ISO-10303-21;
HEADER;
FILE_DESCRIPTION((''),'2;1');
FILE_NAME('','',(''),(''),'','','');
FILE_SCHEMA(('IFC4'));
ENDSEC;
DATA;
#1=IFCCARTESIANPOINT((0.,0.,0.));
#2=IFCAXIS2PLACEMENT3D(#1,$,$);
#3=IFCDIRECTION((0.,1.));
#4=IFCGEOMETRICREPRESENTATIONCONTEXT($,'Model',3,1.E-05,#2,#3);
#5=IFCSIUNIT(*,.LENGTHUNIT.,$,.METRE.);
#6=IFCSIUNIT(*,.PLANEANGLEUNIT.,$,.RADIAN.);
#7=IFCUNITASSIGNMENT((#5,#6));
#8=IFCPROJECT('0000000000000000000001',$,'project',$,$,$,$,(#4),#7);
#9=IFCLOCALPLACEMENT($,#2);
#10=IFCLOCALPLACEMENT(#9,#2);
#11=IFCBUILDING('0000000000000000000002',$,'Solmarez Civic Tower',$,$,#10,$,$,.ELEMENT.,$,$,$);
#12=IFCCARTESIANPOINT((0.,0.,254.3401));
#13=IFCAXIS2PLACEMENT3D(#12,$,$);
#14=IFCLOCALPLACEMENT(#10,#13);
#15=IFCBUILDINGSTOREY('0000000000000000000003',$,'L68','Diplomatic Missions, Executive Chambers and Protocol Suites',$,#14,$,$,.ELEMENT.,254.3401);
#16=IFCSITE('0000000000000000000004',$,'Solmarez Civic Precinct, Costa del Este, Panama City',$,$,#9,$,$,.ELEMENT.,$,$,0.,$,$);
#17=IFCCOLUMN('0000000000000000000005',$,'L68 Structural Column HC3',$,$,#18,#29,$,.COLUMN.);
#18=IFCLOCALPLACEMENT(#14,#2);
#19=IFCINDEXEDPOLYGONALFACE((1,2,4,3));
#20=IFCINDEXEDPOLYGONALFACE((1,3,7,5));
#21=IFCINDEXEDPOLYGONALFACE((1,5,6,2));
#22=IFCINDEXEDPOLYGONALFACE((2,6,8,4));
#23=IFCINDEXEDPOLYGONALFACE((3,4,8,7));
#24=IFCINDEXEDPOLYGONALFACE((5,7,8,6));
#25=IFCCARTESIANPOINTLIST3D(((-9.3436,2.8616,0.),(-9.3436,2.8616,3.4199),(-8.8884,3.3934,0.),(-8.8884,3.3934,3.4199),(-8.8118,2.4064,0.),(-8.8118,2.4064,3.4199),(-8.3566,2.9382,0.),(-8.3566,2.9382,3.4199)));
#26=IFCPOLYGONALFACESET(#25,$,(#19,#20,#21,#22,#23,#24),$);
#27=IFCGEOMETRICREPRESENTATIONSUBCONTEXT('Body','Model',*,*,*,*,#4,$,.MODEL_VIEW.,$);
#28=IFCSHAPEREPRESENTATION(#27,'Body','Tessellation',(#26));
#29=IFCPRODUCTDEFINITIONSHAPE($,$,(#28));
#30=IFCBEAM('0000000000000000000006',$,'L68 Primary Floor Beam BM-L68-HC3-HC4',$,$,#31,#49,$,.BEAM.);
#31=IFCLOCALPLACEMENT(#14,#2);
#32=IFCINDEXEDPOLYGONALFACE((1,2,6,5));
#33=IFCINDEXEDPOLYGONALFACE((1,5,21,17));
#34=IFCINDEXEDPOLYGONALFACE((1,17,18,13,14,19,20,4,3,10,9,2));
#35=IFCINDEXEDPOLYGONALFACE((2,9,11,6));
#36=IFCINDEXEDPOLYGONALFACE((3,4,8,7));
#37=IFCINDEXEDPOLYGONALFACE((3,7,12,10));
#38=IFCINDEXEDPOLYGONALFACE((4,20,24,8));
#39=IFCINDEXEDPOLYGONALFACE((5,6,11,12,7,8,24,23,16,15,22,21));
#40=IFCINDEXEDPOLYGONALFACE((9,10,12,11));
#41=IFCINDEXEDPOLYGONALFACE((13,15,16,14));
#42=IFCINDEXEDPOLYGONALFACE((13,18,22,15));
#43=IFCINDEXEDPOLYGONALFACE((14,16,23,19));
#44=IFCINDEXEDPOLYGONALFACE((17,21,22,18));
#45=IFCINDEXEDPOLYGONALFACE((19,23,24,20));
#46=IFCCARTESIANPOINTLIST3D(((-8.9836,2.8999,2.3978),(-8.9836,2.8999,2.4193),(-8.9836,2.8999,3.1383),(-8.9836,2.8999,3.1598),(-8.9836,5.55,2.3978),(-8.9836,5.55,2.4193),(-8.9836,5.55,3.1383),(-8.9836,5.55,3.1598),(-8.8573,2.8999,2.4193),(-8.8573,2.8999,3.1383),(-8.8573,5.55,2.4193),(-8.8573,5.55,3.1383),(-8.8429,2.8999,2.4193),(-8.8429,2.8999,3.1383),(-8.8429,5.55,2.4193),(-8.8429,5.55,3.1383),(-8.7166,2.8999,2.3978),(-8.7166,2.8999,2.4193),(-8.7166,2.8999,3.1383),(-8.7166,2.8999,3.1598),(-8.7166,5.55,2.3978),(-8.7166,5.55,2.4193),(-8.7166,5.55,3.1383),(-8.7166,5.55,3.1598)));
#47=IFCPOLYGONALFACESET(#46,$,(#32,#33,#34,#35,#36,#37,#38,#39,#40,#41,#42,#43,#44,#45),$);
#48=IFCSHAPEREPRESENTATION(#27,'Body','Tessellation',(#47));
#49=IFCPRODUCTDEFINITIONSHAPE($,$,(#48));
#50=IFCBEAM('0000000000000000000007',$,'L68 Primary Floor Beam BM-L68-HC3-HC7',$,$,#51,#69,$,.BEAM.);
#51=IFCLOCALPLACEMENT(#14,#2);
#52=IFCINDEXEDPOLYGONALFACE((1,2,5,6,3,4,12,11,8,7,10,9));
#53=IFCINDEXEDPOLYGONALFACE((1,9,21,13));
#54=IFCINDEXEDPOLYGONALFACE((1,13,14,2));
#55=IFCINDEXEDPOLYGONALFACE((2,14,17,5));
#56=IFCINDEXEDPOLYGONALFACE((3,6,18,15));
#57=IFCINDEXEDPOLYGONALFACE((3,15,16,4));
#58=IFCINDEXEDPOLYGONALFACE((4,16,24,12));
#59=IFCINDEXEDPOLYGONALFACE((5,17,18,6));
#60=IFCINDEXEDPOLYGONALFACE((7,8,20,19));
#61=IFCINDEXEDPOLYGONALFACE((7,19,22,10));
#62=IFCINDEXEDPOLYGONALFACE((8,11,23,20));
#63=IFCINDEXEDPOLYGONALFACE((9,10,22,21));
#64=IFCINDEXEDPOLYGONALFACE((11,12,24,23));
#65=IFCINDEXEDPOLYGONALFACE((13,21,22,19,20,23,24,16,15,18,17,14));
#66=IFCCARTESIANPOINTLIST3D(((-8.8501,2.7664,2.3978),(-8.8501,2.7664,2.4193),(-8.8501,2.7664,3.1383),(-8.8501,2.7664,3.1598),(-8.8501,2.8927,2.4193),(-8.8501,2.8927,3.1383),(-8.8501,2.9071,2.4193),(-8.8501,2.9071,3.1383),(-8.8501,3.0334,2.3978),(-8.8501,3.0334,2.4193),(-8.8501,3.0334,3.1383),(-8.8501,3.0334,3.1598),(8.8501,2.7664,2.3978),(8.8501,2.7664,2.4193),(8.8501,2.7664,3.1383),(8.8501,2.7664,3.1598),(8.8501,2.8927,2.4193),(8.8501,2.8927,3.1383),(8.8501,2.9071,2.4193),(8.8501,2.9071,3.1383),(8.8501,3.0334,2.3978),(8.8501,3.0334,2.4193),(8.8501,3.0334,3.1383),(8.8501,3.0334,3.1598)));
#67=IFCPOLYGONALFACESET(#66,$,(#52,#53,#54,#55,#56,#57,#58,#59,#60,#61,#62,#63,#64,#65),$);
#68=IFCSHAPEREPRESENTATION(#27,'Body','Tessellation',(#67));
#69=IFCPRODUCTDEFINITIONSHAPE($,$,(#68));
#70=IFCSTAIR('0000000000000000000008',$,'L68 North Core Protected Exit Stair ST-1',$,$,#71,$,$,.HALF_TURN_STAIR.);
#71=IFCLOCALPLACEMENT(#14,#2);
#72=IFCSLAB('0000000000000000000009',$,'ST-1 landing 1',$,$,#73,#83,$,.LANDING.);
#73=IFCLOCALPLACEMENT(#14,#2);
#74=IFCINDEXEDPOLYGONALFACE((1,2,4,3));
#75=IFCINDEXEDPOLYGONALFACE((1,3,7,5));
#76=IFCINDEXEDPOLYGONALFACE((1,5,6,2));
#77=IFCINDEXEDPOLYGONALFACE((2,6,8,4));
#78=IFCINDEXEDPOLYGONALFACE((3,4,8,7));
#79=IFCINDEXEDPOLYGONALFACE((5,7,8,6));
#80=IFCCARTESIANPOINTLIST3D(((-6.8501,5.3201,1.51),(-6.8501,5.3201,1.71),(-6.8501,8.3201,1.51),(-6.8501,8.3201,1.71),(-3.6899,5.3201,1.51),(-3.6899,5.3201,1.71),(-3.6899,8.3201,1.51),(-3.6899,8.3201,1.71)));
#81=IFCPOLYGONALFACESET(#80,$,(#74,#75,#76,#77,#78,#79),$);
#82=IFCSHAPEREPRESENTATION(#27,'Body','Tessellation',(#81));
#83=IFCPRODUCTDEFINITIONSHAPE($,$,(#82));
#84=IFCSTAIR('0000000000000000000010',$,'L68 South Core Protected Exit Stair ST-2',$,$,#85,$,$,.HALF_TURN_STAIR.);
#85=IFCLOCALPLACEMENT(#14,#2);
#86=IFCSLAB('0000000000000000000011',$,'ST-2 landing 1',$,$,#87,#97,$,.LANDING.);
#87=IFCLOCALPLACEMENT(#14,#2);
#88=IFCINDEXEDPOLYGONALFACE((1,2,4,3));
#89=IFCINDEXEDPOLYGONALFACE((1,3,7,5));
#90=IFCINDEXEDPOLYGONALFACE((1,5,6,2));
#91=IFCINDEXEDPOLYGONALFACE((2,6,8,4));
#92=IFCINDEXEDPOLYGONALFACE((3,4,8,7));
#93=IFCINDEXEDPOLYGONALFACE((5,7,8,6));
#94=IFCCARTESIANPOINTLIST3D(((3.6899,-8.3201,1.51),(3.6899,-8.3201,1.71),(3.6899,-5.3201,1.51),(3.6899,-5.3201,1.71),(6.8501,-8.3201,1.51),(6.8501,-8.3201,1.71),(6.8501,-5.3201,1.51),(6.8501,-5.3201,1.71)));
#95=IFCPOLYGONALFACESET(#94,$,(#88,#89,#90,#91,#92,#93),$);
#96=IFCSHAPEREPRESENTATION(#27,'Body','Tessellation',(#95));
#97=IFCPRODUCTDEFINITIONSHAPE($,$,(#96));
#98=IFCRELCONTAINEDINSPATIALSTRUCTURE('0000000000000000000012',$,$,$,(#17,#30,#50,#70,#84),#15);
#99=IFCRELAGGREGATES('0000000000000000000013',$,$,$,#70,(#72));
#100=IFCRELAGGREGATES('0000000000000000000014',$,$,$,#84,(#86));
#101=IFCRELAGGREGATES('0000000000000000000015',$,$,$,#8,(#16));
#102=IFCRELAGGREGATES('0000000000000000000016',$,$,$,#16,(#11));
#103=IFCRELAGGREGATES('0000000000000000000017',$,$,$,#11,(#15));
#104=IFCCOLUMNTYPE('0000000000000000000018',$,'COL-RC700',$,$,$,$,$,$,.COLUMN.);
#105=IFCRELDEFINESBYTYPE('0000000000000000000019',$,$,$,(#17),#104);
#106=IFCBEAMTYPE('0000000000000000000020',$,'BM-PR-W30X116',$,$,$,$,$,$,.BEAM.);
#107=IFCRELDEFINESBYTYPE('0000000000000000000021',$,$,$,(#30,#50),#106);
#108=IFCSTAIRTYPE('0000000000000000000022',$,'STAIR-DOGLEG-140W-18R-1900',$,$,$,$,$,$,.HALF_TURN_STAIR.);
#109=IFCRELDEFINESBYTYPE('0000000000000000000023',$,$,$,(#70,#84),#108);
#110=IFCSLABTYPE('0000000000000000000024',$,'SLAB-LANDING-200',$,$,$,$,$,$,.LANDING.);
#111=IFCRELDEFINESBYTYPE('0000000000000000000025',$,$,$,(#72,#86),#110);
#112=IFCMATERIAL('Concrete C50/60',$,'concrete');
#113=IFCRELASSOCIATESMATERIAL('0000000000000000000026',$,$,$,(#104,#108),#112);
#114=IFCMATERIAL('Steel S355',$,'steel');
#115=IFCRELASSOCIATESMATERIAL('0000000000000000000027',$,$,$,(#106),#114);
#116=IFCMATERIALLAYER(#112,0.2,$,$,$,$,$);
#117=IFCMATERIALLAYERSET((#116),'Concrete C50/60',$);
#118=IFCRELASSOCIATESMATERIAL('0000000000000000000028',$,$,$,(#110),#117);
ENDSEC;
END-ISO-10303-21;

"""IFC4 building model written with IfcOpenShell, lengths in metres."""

from ifc_helpers import new_model, si_unit, direction, frame, origin, origin_2d, place, context, subcontext, project, spatial, polyline, rectangle, i_section, outline, extrude, material, layer, layer_set, material_profile, profile_set, type_object, element, aggregate, save


model = new_model("IFC4")

# Units and contexts
model_context = context("Model", 3, precision=1e-05, world=origin(), true_north=direction((0.0, 1.0)))
body_context = subcontext(model_context, "Body", "Model", "MODEL_VIEW")
ifc_project = project(units=[si_unit("LENGTHUNIT", "METRE"), si_unit("PLANEANGLEUNIT", "RADIAN")], contexts=[model_context])

# Site, building, storey
site_placement = place(None, origin())
site = spatial("IfcSite", under=ifc_project, at=site_placement, Name="Solmarez Civic Precinct, Costa del Este, Panama City", CompositionType="ELEMENT", RefElevation=0.0)
building_placement = place(site_placement, origin())
building = spatial("IfcBuilding", under=site, at=building_placement, Name="Solmarez Civic Tower", CompositionType="ELEMENT")
storey_placement = place(building_placement, frame((0.0, 0.0, 254.3401)))
storey = spatial("IfcBuildingStorey", under=building, at=storey_placement, Name="L68", Description="Diplomatic Missions, Executive Chambers and Protocol Suites", CompositionType="ELEMENT", Elevation=254.3401)

# Column
ifc_material_1 = material(Name="Concrete C50/60", Category="concrete")
ifc_material_profile_1 = material_profile(ifc_material_1, rectangle(XDim=0.7, YDim=0.7, at=origin_2d()), Name="RC700X700")
ifc_profile_set_1 = profile_set([ifc_material_profile_1], Name="Concrete C50/60")
column_type = type_object("IfcColumnType", Name="COL-RC700", PredefinedType="COLUMN", material=ifc_profile_set_1)
column_placement = place(storey_placement, frame((-8.8501, 2.8999, 0.0), z_axis=(0.0, 0.0, 1.0), x_axis=(0.650244, 0.759725, 0.0)))
element("IfcColumn", 1, at=column_placement, inside=storey, type_object=column_type, Name="L68 Structural Column HC3", PredefinedType="COLUMN", context=body_context, shape_type="SweptSolid", body=[
    extrude(rectangle(XDim=0.7, YDim=0.7, at=origin_2d()), origin(), (0.0, 0.0, 1.0), 3.4199),
])

# Beams
ifc_material_2 = material(Name="Steel S355", Category="steel")
ifc_material_profile_2 = material_profile(ifc_material_2, i_section(OverallWidth=0.2671, OverallDepth=0.762, WebThickness=0.0144, FlangeThickness=0.0215, at=origin_2d()), Name="W30X116")
ifc_profile_set_2 = profile_set([ifc_material_profile_2], Name="Steel S355")
beam_type = type_object("IfcBeamType", Name="BM-PR-W30X116", PredefinedType="BEAM", material=ifc_profile_set_2)
beam_1_placement = place(storey_placement, frame((-8.8501, 2.8999, 2.7788), z_axis=(0.0, 1.0, 0.0), x_axis=(-1.0, 0.0, 0.0)))
element("IfcBeam", 2, at=beam_1_placement, inside=storey, type_object=beam_type, Name="L68 Primary Floor Beam BM-L68-HC3-HC4", PredefinedType="BEAM", context=body_context, shape_type="SweptSolid", body=[
    extrude(i_section(OverallWidth=0.2671, OverallDepth=0.762, WebThickness=0.0144, FlangeThickness=0.0215, at=origin_2d()), origin(), (0.0, 0.0, 1.0), 2.6501),
])
beam_2_placement = place(storey_placement, frame((-8.8501, 2.8999, 2.7788), z_axis=(1.0, 0.0, 0.0), x_axis=(0.0, 1.0, 0.0)))
element("IfcBeam", 3, at=beam_2_placement, inside=storey, type_object=beam_type, Name="L68 Primary Floor Beam BM-L68-HC3-HC7", PredefinedType="BEAM", context=body_context, shape_type="SweptSolid", body=[
    extrude(i_section(OverallWidth=0.2671, OverallDepth=0.762, WebThickness=0.0144, FlangeThickness=0.0215, at=origin_2d()), origin(), (0.0, 0.0, 1.0), 17.7002),
])

# Stairs, slabs
stair_type = type_object("IfcStairType", Name="STAIR-DOGLEG-140W-18R-1900", PredefinedType="HALF_TURN_STAIR", material=ifc_material_1)
stair_1_placement = place(storey_placement, origin())
stair_1 = element("IfcStair", 4, at=stair_1_placement, inside=storey, type_object=stair_type, Name="L68 North Core Protected Exit Stair ST-1", PredefinedType="HALF_TURN_STAIR")
ifc_layer_1 = layer(ifc_material_1, 0.2)
ifc_layer_set_1 = layer_set([ifc_layer_1], Name="Concrete C50/60")
slab_type_1 = type_object("IfcSlabType", Name="SLAB-LANDING-200", PredefinedType="LANDING", material=ifc_layer_set_1)
slab_1_placement = place(storey_placement, frame((0.0, 0.0, 1.51)))
slab_1 = element("IfcSlab", 5, at=slab_1_placement, type_object=slab_type_1, Name="ST-1 landing 1", PredefinedType="LANDING", context=body_context, shape_type="SweptSolid", body=[
    extrude(outline(polyline([(-3.6899, 8.3201), (-6.8501, 8.3201), (-6.8501, 5.3201), (-3.6899, 5.3201), (-3.6899, 8.3201)])), origin(), (0.0, 0.0, 1.0), 0.2),
])
aggregate(stair_1, [slab_1])
stair_2_placement = place(storey_placement, origin())
stair_2 = element("IfcStair", 6, at=stair_2_placement, inside=storey, type_object=stair_type, Name="L68 South Core Protected Exit Stair ST-2", PredefinedType="HALF_TURN_STAIR")
slab_2_placement = place(storey_placement, frame((0.0, 0.0, 1.51)))
slab_2 = element("IfcSlab", 7, at=slab_2_placement, type_object=slab_type_1, Name="ST-2 landing 1", PredefinedType="LANDING", context=body_context, shape_type="SweptSolid", body=[
    extrude(outline(polyline([(3.6899, -8.3201), (6.8501, -8.3201), (6.8501, -5.3201), (3.6899, -5.3201), (3.6899, -8.3201)])), origin(), (0.0, 0.0, 1.0), 0.2),
])
aggregate(stair_2, [slab_2])

save(model, "model.ifc")
